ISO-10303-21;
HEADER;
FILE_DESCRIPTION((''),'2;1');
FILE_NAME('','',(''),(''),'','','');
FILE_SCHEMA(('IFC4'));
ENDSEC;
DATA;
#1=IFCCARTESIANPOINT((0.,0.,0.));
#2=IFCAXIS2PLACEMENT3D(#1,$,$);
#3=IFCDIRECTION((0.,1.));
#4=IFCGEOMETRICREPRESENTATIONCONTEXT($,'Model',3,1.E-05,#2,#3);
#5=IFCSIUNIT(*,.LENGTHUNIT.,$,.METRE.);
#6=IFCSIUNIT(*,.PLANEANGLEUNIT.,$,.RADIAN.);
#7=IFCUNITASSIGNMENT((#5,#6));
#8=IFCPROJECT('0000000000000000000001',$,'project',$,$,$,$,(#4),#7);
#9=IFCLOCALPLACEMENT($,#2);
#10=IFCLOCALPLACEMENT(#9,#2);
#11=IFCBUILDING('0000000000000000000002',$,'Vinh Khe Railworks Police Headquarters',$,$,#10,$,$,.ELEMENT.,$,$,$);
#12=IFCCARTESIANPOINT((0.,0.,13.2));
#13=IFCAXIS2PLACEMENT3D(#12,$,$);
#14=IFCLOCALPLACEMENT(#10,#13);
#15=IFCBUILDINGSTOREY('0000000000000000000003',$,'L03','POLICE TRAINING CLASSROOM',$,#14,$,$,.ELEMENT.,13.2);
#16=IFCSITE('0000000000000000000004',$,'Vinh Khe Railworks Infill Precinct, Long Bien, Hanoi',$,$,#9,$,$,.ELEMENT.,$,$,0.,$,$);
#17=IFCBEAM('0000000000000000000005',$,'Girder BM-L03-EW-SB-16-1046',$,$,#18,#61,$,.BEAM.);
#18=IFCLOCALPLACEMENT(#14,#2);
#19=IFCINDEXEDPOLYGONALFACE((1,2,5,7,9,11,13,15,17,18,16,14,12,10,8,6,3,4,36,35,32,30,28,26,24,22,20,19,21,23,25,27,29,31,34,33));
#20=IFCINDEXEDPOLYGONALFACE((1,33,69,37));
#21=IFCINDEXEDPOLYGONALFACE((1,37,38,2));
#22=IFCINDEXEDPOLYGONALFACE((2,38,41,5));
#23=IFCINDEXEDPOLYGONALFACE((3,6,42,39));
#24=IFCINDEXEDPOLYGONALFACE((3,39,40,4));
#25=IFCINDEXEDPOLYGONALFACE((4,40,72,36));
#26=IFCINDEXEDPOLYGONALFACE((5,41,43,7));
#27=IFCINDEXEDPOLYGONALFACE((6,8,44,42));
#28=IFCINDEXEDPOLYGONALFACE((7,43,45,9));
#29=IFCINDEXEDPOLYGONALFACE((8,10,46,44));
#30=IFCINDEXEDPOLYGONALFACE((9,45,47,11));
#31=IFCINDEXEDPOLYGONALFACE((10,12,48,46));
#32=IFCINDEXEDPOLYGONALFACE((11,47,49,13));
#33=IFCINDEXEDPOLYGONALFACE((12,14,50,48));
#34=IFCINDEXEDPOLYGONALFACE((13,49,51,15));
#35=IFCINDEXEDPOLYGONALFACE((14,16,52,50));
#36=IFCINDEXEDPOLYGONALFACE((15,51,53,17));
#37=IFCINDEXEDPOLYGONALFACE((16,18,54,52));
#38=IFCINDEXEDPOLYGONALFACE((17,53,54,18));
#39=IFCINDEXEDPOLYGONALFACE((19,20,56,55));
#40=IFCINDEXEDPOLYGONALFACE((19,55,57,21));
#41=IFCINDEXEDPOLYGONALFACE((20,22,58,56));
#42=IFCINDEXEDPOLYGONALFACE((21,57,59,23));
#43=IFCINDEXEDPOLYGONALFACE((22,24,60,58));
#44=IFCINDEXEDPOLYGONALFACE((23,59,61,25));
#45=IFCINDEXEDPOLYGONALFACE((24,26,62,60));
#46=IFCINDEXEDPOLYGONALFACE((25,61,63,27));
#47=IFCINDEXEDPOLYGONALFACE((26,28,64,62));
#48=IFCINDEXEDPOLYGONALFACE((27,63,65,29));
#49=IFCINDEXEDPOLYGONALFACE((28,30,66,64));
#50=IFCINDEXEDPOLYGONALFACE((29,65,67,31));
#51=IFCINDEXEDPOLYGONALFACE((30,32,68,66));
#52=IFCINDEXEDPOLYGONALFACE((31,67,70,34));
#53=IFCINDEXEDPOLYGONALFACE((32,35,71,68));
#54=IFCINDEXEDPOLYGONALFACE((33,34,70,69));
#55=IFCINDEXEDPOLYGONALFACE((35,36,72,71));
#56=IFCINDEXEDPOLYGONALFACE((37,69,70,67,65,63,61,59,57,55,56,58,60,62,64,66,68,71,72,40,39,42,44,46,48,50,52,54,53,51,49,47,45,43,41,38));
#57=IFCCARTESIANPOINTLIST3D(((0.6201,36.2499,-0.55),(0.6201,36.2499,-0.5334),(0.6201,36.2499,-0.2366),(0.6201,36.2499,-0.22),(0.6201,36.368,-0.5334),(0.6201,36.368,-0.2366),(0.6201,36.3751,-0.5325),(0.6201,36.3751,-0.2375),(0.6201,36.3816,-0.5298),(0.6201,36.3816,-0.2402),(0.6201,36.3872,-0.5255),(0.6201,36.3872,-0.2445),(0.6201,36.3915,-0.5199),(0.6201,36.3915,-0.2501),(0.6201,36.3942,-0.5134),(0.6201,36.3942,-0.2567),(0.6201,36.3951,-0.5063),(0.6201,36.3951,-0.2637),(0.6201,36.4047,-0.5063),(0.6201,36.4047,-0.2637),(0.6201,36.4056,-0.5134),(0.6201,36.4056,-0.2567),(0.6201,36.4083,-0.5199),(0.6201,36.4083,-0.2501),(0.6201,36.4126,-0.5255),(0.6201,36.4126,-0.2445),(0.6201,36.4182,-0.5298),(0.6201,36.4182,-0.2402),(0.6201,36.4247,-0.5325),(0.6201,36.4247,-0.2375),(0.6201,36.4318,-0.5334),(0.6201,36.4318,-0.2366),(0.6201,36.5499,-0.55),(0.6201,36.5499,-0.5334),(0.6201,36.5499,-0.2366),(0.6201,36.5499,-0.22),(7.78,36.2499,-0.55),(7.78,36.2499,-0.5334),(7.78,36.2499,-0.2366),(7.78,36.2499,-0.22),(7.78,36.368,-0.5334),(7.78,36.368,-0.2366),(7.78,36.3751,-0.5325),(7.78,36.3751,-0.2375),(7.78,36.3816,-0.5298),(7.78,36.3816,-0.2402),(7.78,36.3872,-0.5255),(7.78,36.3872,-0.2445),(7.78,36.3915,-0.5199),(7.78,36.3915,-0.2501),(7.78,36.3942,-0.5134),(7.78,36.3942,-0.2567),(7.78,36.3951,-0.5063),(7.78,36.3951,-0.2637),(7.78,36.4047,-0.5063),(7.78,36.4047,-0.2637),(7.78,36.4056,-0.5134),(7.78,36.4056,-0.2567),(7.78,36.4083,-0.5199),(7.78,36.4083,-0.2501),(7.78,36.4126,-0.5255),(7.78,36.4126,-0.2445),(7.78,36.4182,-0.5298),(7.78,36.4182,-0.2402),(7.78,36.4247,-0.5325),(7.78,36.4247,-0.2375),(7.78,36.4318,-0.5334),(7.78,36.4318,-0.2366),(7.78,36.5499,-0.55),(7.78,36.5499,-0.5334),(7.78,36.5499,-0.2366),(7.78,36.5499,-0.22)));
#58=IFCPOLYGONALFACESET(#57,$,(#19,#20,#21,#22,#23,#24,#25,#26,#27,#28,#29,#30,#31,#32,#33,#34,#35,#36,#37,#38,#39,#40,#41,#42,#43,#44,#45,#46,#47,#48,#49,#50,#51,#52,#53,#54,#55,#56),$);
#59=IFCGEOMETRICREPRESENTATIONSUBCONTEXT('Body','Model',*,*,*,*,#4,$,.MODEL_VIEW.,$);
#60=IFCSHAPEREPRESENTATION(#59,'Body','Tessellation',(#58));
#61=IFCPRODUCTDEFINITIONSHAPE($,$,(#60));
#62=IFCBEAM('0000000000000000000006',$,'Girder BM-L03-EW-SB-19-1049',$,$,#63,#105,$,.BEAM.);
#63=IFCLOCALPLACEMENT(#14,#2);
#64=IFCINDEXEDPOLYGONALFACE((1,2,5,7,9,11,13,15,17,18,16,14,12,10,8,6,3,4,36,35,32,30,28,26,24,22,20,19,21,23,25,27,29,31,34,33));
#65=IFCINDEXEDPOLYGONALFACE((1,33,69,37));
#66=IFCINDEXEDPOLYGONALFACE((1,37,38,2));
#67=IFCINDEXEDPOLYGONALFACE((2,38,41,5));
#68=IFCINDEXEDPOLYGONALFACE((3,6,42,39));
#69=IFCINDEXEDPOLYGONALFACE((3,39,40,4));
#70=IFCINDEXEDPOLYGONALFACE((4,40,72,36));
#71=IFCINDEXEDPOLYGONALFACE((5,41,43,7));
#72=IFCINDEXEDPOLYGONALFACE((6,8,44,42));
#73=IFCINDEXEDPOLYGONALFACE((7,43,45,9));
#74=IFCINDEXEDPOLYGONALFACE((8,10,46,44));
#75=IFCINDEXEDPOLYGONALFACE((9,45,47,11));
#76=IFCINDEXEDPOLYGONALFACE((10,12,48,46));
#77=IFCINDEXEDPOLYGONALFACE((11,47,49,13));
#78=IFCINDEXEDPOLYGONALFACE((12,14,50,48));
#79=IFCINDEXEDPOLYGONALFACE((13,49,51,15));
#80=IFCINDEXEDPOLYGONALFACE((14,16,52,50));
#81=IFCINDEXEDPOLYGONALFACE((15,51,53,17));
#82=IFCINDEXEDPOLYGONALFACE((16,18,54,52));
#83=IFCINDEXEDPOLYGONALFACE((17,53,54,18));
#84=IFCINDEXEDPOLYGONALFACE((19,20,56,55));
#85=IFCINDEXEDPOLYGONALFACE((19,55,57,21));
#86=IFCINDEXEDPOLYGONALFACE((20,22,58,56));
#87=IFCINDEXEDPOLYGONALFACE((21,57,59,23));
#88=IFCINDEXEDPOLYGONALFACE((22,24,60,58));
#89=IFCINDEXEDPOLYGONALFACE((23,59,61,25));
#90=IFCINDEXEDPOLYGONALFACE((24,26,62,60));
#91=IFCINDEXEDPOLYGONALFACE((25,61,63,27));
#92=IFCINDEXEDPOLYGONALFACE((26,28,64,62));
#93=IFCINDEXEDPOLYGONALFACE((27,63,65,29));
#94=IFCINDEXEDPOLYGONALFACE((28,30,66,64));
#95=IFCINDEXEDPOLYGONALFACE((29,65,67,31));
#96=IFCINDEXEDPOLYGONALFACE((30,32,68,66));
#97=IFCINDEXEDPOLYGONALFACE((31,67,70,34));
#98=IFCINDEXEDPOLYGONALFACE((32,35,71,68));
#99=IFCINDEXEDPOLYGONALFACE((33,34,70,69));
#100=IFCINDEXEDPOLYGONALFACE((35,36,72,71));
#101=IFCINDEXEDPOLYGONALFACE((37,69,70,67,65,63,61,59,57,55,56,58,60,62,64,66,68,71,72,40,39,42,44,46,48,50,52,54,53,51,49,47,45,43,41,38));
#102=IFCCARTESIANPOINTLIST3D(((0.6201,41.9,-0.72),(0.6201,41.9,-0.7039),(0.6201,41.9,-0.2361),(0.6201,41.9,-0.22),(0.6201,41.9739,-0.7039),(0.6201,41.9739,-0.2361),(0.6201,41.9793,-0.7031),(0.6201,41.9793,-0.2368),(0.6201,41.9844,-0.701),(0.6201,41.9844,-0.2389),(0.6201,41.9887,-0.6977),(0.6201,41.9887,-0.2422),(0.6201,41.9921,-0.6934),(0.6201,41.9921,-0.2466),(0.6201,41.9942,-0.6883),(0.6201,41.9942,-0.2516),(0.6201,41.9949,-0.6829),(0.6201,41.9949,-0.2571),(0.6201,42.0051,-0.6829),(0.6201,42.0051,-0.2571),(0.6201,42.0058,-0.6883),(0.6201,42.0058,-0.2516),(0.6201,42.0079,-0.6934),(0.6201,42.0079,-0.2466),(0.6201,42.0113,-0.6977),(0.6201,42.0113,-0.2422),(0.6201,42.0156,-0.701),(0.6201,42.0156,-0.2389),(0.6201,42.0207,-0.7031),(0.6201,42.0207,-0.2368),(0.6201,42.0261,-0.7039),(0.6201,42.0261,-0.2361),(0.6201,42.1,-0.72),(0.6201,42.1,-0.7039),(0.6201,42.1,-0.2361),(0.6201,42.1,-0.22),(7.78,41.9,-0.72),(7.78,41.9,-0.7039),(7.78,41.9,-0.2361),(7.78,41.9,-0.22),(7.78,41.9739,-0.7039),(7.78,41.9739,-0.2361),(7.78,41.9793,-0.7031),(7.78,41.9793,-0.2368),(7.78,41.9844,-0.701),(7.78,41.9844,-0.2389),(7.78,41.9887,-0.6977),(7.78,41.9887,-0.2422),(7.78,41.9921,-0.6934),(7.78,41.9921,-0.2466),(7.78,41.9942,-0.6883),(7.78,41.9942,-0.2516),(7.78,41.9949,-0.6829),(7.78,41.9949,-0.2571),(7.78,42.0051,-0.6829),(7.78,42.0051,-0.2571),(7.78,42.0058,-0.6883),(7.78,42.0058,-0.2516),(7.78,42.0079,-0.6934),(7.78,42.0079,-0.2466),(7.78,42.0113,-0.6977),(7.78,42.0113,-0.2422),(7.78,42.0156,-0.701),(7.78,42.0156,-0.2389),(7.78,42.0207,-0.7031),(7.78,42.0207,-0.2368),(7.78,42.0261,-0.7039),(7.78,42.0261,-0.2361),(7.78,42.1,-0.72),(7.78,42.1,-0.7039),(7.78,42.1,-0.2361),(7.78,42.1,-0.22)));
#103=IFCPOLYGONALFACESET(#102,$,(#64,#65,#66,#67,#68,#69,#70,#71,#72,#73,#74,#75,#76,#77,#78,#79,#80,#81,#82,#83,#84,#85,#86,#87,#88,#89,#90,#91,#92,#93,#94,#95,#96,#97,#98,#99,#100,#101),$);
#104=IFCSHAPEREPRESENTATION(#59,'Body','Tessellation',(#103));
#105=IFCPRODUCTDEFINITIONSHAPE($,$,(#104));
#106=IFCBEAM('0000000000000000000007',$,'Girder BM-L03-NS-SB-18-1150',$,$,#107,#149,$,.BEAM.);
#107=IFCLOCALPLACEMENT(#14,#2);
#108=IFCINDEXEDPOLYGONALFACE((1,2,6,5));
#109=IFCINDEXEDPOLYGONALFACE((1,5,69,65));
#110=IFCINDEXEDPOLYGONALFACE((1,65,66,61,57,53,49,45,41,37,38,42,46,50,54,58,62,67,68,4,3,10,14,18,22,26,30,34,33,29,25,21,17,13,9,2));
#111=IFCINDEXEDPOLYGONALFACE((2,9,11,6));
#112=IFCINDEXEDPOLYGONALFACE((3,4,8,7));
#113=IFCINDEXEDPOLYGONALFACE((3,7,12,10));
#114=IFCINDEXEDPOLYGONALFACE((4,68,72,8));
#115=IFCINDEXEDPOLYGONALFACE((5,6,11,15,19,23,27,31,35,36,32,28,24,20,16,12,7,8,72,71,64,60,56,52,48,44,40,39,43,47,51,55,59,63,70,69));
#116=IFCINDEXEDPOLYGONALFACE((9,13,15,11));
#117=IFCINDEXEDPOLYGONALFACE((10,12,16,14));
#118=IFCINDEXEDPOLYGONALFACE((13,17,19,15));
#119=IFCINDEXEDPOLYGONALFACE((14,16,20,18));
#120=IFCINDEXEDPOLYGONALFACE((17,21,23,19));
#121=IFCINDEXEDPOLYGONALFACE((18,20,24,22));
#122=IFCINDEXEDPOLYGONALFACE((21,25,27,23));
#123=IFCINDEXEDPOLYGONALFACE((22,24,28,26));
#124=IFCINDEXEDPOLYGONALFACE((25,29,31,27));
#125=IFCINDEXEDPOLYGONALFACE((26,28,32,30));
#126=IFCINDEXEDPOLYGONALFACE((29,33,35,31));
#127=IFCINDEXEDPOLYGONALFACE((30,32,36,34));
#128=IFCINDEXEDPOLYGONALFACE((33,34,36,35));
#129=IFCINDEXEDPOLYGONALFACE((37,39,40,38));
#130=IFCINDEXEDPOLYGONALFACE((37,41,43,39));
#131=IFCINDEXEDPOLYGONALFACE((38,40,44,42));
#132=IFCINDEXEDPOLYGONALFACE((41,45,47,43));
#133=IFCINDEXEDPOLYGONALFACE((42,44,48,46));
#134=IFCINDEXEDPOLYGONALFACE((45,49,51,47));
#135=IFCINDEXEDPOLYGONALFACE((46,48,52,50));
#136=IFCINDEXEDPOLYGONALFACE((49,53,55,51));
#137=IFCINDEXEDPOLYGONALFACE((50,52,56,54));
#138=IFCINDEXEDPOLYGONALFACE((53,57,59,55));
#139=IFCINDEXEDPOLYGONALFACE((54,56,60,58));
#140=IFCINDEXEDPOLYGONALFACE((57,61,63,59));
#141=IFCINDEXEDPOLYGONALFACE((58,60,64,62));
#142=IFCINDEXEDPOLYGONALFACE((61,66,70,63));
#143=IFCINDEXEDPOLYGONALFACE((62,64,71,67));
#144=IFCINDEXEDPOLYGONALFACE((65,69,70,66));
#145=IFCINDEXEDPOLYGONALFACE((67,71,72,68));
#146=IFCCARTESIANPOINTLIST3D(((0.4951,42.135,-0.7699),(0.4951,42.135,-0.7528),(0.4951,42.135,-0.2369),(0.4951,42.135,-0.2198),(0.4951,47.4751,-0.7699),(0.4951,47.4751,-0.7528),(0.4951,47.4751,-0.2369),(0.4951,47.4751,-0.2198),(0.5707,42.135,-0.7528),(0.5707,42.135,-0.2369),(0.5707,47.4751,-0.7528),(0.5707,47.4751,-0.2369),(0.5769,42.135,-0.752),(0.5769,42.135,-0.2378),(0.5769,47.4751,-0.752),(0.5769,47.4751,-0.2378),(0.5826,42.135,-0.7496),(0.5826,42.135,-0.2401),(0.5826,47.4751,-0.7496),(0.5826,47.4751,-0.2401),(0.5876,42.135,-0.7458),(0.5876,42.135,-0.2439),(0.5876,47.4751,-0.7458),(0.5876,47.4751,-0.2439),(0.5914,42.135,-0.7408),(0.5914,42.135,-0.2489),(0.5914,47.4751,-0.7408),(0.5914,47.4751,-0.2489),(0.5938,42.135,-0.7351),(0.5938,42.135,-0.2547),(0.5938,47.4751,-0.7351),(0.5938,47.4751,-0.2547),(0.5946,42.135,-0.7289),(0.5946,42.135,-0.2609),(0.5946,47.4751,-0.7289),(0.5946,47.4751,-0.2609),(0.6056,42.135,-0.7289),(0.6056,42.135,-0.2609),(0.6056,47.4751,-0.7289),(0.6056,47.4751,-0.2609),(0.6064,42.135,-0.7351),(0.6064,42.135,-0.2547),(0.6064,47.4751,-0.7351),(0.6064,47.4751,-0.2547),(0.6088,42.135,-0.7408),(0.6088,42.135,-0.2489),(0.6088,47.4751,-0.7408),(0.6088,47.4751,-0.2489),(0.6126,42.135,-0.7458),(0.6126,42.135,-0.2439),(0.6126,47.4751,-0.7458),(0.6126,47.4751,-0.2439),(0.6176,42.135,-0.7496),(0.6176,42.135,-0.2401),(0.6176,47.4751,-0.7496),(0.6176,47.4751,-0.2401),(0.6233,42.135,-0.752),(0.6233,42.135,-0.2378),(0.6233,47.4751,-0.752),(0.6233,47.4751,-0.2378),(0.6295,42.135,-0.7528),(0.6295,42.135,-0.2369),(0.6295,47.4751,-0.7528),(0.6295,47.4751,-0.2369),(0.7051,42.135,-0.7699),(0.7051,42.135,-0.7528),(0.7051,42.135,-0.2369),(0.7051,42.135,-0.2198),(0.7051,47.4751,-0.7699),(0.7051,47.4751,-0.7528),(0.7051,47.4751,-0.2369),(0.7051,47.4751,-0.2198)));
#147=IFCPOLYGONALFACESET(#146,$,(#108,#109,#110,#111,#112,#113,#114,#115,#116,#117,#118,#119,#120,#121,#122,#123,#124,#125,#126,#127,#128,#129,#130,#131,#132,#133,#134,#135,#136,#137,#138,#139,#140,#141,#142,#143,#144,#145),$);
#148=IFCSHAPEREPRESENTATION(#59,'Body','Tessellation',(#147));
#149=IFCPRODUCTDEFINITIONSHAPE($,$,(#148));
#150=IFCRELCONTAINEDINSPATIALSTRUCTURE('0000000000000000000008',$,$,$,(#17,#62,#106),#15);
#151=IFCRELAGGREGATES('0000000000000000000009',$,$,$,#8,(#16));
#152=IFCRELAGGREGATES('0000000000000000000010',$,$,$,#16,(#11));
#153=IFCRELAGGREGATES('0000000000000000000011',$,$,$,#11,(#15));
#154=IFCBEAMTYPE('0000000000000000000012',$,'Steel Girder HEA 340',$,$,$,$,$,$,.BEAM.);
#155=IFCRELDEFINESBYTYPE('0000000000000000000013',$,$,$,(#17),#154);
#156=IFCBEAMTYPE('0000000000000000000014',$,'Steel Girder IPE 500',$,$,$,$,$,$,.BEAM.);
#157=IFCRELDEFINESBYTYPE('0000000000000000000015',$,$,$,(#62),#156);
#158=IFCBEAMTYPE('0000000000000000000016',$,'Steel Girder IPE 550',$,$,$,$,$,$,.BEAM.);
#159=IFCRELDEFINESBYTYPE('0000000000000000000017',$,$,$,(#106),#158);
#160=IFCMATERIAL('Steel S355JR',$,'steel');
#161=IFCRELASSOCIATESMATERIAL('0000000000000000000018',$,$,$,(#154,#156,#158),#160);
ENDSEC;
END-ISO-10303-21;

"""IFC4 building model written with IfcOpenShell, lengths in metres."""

from ifc_helpers import new_model, si_unit, direction, frame, origin, origin_2d, place, context, subcontext, project, spatial, i_section, extrude, material, material_profile, profile_set, type_object, element, save


model = new_model("IFC4")

# Units and contexts
model_context = context("Model", 3, precision=1e-05, world=origin(), true_north=direction((0.0, 1.0)))
body_context = subcontext(model_context, "Body", "Model", "MODEL_VIEW")
ifc_project = project(units=[si_unit("LENGTHUNIT", "METRE"), si_unit("PLANEANGLEUNIT", "RADIAN")], contexts=[model_context])

# Site, building, storey
site_placement = place(None, origin())
site = spatial("IfcSite", under=ifc_project, at=site_placement, Name="Vinh Khe Railworks Infill Precinct, Long Bien, Hanoi", CompositionType="ELEMENT", RefElevation=0.0)
building_placement = place(site_placement, origin())
building = spatial("IfcBuilding", under=site, at=building_placement, Name="Vinh Khe Railworks Police Headquarters", CompositionType="ELEMENT")
storey_placement = place(building_placement, frame((0.0, 0.0, 13.2)))
storey = spatial("IfcBuildingStorey", under=building, at=storey_placement, Name="L03", Description="POLICE TRAINING CLASSROOM", CompositionType="ELEMENT", Elevation=13.2)

# Shared definitions
ifc_material_1 = material(Name="Steel S355JR", Category="steel")

# Beams
ifc_material_profile_1 = material_profile(ifc_material_1, i_section(OverallWidth=0.3, OverallDepth=0.3301, WebThickness=0.0095, FlangeThickness=0.0166, FilletRadius=0.0271, at=origin_2d()), Name="HEA 340")
ifc_profile_set_1 = profile_set([ifc_material_profile_1], Name="Steel S355JR")
beam_type_1 = type_object("IfcBeamType", Name="Steel Girder HEA 340", PredefinedType="BEAM", material=ifc_profile_set_1)
beam_1_placement = place(storey_placement, frame((0.6201, 36.3999, -0.385), z_axis=(1.0, 0.0, 0.0), x_axis=(0.0, 1.0, 0.0)))
element("IfcBeam", 1, at=beam_1_placement, inside=storey, type_object=beam_type_1, Name="Girder BM-L03-EW-SB-16-1046", PredefinedType="BEAM", context=body_context, shape_type="SweptSolid", body=[
    extrude(i_section(OverallWidth=0.3, OverallDepth=0.3301, WebThickness=0.0095, FlangeThickness=0.0166, FilletRadius=0.0271, at=origin_2d()), origin(), (0.0, 0.0, 1.0), 7.1599),
])
ifc_material_profile_2 = material_profile(ifc_material_1, i_section(OverallWidth=0.2, OverallDepth=0.5, WebThickness=0.0103, FlangeThickness=0.0161, FilletRadius=0.021, at=origin_2d()), Name="IPE 500")
ifc_profile_set_2 = profile_set([ifc_material_profile_2], Name="Steel S355JR")
beam_type_2 = type_object("IfcBeamType", Name="Steel Girder IPE 500", PredefinedType="BEAM", material=ifc_profile_set_2)
beam_2_placement = place(storey_placement, frame((0.6201, 42.0, -0.47), z_axis=(1.0, 0.0, 0.0), x_axis=(0.0, 1.0, 0.0)))
element("IfcBeam", 2, at=beam_2_placement, inside=storey, type_object=beam_type_2, Name="Girder BM-L03-EW-SB-19-1049", PredefinedType="BEAM", context=body_context, shape_type="SweptSolid", body=[
    extrude(i_section(OverallWidth=0.2, OverallDepth=0.5, WebThickness=0.0103, FlangeThickness=0.0161, FilletRadius=0.021, at=origin_2d()), origin(), (0.0, 0.0, 1.0), 7.1599),
])
ifc_material_profile_3 = material_profile(ifc_material_1, i_section(OverallWidth=0.21, OverallDepth=0.55, WebThickness=0.011, FlangeThickness=0.0171, FilletRadius=0.0239, at=origin_2d()), Name="IPE 550")
ifc_profile_set_3 = profile_set([ifc_material_profile_3], Name="Steel S355JR")
beam_type_3 = type_object("IfcBeamType", Name="Steel Girder IPE 550", PredefinedType="BEAM", material=ifc_profile_set_3)
beam_3_placement = place(storey_placement, frame((0.6001, 42.135, -0.4949), z_axis=(0.0, 1.0, 0.0), x_axis=(-1.0, 0.0, 0.0)))
element("IfcBeam", 3, at=beam_3_placement, inside=storey, type_object=beam_type_3, Name="Girder BM-L03-NS-SB-18-1150", PredefinedType="BEAM", context=body_context, shape_type="SweptSolid", body=[
    extrude(i_section(OverallWidth=0.21, OverallDepth=0.55, WebThickness=0.011, FlangeThickness=0.0171, FilletRadius=0.0239, at=origin_2d()), origin(), (0.0, 0.0, 1.0), 5.3401),
])

save(model, "model.ifc")
